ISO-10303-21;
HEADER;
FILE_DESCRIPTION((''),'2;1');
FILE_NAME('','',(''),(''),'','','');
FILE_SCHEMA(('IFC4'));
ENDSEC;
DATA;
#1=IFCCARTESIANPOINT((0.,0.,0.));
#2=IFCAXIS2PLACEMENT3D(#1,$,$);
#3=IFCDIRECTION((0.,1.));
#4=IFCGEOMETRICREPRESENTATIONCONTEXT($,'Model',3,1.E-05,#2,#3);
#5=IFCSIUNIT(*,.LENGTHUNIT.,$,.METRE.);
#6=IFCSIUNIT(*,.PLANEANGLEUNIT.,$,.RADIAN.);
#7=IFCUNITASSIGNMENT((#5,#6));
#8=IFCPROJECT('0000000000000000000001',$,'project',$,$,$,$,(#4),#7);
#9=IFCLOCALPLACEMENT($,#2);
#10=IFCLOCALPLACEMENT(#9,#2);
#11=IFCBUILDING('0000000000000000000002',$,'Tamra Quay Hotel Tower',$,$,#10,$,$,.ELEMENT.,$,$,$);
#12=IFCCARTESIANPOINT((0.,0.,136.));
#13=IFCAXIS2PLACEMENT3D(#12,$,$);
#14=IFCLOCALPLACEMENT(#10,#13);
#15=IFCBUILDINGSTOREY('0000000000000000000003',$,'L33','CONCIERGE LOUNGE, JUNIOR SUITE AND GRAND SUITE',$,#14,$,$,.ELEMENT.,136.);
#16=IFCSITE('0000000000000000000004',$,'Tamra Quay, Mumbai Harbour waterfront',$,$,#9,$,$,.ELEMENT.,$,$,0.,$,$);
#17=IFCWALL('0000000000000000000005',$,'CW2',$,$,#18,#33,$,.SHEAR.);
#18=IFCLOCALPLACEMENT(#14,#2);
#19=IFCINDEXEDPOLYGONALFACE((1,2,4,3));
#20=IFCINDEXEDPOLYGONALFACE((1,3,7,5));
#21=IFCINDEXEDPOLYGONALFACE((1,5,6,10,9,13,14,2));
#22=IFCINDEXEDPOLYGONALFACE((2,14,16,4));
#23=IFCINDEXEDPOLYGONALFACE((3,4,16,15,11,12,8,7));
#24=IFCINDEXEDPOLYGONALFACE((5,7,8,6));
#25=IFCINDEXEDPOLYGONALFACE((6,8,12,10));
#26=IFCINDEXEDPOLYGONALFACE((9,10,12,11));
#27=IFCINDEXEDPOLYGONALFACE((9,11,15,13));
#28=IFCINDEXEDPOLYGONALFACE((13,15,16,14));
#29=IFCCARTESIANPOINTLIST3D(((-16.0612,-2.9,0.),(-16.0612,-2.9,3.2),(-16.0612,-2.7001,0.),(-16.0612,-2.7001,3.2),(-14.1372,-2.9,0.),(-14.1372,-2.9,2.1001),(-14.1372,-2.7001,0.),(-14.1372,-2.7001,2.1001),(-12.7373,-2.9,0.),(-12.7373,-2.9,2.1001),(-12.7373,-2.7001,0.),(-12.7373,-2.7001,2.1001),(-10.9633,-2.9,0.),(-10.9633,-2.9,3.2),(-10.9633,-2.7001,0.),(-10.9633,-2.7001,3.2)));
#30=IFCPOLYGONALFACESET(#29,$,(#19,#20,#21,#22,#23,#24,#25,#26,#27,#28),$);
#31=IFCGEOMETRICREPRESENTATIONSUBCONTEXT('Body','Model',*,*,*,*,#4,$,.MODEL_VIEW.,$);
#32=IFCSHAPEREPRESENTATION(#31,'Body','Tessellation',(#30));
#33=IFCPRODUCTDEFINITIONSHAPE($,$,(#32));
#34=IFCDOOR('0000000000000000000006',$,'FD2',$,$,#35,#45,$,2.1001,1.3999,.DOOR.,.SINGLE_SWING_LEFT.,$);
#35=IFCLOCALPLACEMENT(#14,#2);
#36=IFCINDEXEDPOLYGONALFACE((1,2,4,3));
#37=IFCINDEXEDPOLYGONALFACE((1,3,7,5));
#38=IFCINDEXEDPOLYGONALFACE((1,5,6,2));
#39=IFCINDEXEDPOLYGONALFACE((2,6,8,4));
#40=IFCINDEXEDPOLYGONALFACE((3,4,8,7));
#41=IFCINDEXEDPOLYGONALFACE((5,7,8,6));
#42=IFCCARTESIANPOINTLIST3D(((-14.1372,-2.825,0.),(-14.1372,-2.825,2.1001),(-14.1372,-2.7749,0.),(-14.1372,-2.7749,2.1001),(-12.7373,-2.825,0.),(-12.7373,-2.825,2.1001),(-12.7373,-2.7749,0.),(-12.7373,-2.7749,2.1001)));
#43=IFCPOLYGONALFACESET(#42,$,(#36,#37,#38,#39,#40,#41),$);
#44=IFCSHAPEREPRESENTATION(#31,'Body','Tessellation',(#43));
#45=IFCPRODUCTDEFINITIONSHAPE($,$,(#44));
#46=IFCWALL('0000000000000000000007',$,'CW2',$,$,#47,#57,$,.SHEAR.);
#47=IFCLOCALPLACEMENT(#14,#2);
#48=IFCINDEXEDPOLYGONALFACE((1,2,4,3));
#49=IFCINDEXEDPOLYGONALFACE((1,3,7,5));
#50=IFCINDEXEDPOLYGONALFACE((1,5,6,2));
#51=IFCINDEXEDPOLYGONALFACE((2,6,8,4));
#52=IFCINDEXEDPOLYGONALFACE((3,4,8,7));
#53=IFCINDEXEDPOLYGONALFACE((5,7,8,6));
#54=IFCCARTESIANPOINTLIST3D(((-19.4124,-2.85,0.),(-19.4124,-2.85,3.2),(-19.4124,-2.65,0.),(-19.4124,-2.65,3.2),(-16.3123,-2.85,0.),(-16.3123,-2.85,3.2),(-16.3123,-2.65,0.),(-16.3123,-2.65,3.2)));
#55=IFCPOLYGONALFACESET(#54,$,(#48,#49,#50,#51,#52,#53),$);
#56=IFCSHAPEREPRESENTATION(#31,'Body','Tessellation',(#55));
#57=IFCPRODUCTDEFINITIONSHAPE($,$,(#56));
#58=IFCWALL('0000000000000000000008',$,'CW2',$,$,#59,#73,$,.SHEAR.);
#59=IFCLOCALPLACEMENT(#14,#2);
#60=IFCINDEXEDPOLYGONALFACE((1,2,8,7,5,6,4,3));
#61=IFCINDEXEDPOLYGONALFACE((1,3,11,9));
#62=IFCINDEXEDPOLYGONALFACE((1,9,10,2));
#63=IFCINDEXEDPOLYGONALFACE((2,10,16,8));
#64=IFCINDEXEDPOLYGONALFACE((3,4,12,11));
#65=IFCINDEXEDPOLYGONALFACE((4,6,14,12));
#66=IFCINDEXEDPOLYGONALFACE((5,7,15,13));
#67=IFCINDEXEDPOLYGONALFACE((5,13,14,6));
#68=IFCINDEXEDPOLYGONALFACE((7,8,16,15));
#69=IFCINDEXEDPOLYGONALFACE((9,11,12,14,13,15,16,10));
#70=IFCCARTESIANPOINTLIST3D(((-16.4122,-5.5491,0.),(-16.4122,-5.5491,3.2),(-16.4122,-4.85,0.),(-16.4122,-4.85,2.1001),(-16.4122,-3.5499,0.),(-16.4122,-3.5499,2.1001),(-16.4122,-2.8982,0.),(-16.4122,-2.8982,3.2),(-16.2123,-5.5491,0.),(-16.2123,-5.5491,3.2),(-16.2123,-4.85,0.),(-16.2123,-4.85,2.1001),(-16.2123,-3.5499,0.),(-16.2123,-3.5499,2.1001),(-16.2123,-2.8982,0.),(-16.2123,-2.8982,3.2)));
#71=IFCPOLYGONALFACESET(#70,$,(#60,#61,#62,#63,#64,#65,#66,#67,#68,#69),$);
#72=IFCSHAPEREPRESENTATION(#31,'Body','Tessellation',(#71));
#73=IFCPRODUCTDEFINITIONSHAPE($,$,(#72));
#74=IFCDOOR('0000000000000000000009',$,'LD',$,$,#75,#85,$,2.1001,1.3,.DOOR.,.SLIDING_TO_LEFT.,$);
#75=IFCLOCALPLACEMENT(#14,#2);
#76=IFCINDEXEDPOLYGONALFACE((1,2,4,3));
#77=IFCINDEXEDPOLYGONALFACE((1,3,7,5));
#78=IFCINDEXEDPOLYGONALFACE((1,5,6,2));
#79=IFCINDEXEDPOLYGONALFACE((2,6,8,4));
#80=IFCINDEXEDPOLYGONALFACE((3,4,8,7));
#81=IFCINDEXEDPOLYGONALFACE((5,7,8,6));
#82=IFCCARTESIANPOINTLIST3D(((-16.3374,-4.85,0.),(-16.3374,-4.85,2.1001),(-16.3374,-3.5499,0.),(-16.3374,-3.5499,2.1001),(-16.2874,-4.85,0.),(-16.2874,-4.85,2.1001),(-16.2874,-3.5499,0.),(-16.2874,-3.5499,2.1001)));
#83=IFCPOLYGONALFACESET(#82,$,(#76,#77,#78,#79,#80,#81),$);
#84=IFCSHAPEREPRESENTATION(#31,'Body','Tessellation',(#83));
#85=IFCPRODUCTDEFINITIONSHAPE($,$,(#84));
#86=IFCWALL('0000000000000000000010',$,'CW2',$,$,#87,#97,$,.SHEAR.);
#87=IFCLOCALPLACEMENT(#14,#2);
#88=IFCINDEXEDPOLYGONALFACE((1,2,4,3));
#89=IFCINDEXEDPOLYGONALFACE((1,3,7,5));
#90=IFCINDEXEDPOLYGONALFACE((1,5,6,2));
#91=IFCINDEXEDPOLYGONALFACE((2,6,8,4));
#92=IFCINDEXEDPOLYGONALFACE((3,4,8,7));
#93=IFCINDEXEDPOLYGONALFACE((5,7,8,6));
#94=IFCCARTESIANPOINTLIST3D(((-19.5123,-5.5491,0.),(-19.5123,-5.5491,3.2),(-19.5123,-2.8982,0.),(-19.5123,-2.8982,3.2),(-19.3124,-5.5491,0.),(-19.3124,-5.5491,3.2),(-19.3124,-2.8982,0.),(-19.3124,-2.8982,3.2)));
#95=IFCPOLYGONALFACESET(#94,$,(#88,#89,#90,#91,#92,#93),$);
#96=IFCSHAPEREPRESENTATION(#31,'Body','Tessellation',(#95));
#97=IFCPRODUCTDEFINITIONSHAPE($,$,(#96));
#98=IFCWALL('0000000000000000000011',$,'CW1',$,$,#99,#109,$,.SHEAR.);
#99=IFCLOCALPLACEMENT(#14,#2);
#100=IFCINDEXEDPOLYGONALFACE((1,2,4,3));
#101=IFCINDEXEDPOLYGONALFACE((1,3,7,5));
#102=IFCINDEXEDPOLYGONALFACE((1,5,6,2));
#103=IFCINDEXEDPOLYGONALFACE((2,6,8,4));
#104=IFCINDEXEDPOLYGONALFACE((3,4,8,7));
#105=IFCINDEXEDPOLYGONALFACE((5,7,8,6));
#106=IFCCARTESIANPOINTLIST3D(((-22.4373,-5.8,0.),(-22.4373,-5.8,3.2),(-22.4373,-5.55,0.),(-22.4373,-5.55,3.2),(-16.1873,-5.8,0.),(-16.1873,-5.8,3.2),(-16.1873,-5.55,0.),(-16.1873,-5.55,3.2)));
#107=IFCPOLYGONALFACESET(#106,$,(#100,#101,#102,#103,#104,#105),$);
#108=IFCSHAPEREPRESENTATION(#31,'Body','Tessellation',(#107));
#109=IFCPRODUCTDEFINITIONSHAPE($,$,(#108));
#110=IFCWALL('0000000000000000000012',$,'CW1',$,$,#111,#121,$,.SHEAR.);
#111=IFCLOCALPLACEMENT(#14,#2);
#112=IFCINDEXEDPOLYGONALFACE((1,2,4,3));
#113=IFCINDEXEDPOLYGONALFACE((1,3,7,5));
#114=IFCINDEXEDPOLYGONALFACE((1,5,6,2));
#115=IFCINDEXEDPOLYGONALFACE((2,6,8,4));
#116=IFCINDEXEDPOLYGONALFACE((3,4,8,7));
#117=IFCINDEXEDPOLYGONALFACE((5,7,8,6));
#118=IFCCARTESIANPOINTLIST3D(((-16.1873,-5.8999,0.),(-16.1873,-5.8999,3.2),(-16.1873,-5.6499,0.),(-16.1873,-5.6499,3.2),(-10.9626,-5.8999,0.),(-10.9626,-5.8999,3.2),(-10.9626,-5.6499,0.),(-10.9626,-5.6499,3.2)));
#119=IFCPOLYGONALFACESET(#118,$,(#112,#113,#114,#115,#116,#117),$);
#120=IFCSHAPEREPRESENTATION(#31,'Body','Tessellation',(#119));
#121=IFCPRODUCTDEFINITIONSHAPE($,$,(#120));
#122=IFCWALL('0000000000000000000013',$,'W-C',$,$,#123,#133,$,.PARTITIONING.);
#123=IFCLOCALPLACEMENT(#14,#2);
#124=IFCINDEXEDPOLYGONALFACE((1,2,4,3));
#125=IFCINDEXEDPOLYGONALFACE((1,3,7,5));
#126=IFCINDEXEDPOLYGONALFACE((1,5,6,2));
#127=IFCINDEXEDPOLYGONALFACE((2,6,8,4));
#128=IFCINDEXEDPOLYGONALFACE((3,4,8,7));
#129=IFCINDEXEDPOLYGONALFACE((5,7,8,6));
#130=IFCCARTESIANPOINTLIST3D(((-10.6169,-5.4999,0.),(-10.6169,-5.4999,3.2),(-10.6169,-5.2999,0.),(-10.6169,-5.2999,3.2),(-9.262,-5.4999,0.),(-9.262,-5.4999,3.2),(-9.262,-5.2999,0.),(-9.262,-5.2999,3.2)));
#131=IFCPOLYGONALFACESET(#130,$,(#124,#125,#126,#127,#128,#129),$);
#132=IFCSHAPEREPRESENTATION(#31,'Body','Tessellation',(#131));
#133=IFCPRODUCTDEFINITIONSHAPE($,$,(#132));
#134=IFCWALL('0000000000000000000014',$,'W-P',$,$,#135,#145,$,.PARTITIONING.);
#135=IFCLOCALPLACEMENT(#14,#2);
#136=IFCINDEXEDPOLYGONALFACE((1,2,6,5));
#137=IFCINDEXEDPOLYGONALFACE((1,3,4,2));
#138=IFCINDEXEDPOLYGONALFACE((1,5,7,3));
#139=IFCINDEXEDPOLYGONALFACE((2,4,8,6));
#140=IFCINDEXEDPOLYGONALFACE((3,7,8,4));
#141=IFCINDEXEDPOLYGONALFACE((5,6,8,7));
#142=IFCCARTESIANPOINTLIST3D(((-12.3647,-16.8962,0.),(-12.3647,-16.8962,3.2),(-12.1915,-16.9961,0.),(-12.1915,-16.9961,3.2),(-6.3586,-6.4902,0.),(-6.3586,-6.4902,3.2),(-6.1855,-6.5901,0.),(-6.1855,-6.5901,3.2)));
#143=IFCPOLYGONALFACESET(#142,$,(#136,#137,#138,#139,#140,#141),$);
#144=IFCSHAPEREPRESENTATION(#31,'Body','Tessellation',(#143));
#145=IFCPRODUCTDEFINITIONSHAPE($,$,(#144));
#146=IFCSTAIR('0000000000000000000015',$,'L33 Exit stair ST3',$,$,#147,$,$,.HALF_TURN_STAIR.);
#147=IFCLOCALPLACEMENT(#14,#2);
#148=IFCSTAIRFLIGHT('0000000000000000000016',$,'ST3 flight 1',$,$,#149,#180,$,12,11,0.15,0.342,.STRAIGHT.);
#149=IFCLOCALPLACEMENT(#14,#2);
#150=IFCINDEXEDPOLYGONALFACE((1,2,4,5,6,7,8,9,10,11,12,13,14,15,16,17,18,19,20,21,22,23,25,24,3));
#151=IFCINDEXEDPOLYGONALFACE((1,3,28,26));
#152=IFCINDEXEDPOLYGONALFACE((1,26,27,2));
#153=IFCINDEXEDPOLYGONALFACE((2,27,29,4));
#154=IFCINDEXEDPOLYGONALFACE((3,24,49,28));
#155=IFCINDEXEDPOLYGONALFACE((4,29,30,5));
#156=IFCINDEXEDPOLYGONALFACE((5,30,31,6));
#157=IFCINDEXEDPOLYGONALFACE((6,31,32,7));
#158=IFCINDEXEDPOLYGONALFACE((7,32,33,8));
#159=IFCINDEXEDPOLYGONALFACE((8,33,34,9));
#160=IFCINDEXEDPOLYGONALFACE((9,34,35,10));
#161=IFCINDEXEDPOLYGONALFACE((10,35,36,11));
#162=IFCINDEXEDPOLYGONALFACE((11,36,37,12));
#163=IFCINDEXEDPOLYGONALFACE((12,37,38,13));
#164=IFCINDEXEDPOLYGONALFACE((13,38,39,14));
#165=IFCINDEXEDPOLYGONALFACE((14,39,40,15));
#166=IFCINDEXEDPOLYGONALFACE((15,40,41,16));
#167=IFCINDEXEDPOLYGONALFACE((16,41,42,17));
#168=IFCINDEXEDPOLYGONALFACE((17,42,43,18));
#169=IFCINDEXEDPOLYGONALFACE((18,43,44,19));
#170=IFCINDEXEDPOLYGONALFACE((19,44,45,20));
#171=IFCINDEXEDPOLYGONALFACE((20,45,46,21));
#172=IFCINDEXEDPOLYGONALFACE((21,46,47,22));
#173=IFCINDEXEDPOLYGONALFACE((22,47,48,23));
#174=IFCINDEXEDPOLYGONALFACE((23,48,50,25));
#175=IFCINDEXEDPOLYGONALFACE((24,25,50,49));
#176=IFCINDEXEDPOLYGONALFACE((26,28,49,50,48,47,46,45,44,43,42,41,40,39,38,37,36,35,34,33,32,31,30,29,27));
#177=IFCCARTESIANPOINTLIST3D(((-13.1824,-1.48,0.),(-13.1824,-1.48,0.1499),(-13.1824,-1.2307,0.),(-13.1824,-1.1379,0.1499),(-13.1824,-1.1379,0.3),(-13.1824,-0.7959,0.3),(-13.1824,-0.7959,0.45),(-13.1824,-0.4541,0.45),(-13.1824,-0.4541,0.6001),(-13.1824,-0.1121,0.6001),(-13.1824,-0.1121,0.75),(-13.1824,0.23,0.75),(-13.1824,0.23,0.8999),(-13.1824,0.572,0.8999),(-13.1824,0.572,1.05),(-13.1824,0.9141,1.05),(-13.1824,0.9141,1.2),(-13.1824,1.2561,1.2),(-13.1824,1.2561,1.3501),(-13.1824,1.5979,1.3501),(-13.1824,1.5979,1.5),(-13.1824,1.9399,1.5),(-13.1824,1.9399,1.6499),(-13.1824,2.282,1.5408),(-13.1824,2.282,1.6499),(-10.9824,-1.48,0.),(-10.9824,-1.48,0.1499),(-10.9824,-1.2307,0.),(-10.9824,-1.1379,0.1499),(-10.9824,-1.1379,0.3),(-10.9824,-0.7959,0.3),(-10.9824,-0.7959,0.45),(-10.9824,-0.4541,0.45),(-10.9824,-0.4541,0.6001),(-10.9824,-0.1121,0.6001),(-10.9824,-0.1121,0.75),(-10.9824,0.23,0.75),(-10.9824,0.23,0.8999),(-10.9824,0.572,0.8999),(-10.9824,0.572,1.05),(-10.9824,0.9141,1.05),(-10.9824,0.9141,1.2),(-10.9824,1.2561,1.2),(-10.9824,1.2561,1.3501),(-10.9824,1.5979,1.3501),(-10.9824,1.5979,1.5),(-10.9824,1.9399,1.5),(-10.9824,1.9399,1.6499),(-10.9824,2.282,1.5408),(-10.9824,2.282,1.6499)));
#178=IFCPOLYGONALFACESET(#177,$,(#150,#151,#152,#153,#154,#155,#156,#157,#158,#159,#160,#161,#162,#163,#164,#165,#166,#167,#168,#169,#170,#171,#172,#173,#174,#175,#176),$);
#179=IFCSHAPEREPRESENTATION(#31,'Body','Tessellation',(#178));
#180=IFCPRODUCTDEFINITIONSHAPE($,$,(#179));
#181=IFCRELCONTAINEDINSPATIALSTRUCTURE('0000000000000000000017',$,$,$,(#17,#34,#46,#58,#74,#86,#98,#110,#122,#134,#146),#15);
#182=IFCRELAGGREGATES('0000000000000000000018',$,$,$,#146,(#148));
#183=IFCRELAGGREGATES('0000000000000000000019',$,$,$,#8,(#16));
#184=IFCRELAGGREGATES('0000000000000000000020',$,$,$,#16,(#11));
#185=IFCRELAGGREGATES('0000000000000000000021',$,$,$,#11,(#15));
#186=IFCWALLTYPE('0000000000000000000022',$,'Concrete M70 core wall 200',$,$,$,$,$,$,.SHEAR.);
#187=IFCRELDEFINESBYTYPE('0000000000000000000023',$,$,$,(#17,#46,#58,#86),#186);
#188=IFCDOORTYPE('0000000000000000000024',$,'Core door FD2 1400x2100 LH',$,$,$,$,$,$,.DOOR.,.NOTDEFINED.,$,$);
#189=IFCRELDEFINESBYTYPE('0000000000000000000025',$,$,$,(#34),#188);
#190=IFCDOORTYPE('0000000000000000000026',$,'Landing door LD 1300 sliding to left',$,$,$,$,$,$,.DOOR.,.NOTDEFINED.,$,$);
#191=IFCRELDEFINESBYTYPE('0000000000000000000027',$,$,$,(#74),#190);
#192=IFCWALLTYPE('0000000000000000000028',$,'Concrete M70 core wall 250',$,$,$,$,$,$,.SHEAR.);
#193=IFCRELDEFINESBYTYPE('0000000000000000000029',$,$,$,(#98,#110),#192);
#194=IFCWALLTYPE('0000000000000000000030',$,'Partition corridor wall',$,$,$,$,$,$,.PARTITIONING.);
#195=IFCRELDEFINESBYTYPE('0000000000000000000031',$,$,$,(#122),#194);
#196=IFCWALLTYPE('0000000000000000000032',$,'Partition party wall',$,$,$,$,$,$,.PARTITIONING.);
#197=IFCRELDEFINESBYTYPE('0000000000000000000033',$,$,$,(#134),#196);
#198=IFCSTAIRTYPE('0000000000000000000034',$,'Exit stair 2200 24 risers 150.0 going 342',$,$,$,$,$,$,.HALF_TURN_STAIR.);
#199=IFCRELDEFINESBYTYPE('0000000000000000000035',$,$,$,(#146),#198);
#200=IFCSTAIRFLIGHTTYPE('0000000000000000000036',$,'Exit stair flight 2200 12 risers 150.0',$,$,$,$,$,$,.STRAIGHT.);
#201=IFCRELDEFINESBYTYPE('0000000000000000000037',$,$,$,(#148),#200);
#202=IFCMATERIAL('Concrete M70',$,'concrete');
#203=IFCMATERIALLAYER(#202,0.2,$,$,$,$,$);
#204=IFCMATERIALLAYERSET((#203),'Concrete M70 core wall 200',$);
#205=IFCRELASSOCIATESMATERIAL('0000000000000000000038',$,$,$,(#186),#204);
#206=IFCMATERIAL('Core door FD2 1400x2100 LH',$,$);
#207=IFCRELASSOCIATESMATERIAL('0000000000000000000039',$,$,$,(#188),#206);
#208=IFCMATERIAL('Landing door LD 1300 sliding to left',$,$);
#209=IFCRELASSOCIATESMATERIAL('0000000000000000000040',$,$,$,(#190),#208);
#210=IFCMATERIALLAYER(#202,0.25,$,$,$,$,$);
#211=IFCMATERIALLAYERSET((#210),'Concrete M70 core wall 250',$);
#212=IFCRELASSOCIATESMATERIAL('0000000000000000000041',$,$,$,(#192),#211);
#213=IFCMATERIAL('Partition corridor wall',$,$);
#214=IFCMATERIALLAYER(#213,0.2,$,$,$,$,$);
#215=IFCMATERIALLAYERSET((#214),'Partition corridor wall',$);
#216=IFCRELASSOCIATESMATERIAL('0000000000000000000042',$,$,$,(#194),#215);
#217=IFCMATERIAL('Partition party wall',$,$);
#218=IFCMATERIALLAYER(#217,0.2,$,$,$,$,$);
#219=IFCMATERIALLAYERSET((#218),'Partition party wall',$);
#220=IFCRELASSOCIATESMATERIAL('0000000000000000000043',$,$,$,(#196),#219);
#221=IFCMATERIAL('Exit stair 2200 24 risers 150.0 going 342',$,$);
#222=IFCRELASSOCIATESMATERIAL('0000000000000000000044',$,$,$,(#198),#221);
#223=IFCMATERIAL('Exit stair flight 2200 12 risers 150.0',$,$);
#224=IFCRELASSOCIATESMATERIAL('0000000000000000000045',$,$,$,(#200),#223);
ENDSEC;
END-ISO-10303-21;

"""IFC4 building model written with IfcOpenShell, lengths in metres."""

from ifc_helpers import new_model, si_unit, direction, frame, frame_2d, origin, place, context, subcontext, project, spatial, polyline, rectangle, outline, extrude, material, layer, layer_set, type_object, element, fill, aggregate, save


model = new_model("IFC4")

# Units and contexts
model_context = context("Model", 3, precision=1e-05, world=origin(), true_north=direction((0.0, 1.0)))
body_context = subcontext(model_context, "Body", "Model", "MODEL_VIEW")
ifc_project = project(units=[si_unit("LENGTHUNIT", "METRE"), si_unit("PLANEANGLEUNIT", "RADIAN")], contexts=[model_context])

# Site, building, storey
site_placement = place(None, origin())
site = spatial("IfcSite", under=ifc_project, at=site_placement, Name="Tamra Quay, Mumbai Harbour waterfront", CompositionType="ELEMENT", RefElevation=0.0)
building_placement = place(site_placement, origin())
building = spatial("IfcBuilding", under=site, at=building_placement, Name="Tamra Quay Hotel Tower", CompositionType="ELEMENT")
storey_placement = place(building_placement, frame((0.0, 0.0, 136.0)))
storey = spatial("IfcBuildingStorey", under=building, at=storey_placement, Name="L33", Description="CONCIERGE LOUNGE, JUNIOR SUITE AND GRAND SUITE", CompositionType="ELEMENT", Elevation=136.0)

# Shared definitions
ifc_material_1 = material(Name="Concrete M70", Category="concrete")

# Shared definitions
ifc_layer_1 = layer(ifc_material_1, 0.2)
ifc_layer_set_1 = layer_set([ifc_layer_1], Name="Concrete M70 core wall 200")
wall_type_1 = type_object("IfcWallType", Name="Concrete M70 core wall 200", PredefinedType="SHEAR", material=ifc_layer_set_1)

# Wall, opening, door
wall_1_placement = place(storey_placement, frame((-10.9634, -2.8, 0.0), z_axis=(0.0, 0.0, 1.0), x_axis=(-1.0, 0.0, 0.0)))
wall_1 = element("IfcWall", 1, at=wall_1_placement, inside=storey, type_object=wall_type_1, Name="CW2", PredefinedType="SHEAR", context=body_context, shape_type="SweptSolid", body=[
    extrude(rectangle(XDim=5.0979, YDim=0.2, at=frame_2d((2.5488, 0.0))), origin(), (0.0, 0.0, 1.0), 3.2),
])
opening_1_placement = place(wall_1_placement, frame((1.7739, 0.0, 0.0)))
opening_1 = element("IfcOpeningElement", 2, at=opening_1_placement, cuts=wall_1, PredefinedType="OPENING", context=body_context, shape_type="SweptSolid", body=[
    extrude(rectangle(XDim=1.3999, YDim=2.1001, at=frame_2d((0.7, 1.05))), frame((0.0, 0.1099, 0.0), z_axis=(0.0, -1.0, 0.0), x_axis=(1.0, 0.0, 0.0)), (0.0, 0.0, 1.0), 0.22),
])
ifc_material_2 = material(Name="Core door FD2 1400x2100 LH")
door_type_1 = type_object("IfcDoorType", Name="Core door FD2 1400x2100 LH", OperationType="NOTDEFINED", PredefinedType="DOOR", material=ifc_material_2)
door_1_placement = place(opening_1_placement, origin())
door_1 = element("IfcDoor", 3, at=door_1_placement, inside=storey, type_object=door_type_1, Name="FD2", OperationType="SINGLE_SWING_LEFT", OverallHeight=2.1001, OverallWidth=1.3999, PredefinedType="DOOR", context=body_context, shape_type="SweptSolid", body=[
    extrude(rectangle(XDim=1.3999, YDim=2.1001, at=frame_2d((0.7, 1.05))), frame((0.0, 0.0249, 0.0), z_axis=(0.0, -1.0, 0.0), x_axis=(1.0, 0.0, 0.0)), (0.0, 0.0, 1.0), 0.05),
])
fill(opening_1, door_1)

# Wall
wall_2_placement = place(storey_placement, frame((-19.4124, -2.75, 0.0), z_axis=(0.0, 0.0, 1.0), x_axis=(1.0, 0.0, 0.0)))
element("IfcWall", 4, at=wall_2_placement, inside=storey, type_object=wall_type_1, Name="CW2", PredefinedType="SHEAR", context=body_context, shape_type="SweptSolid", body=[
    extrude(rectangle(XDim=3.1001, YDim=0.2, at=frame_2d((1.55, 0.0))), origin(), (0.0, 0.0, 1.0), 3.2),
])

# Wall, opening, door
wall_3_placement = place(storey_placement, frame((-16.3123, -2.8982, 0.0), z_axis=(0.0, 0.0, 1.0), x_axis=(0.0, -1.0, 0.0)))
wall_3 = element("IfcWall", 5, at=wall_3_placement, inside=storey, type_object=wall_type_1, Name="CW2", PredefinedType="SHEAR", context=body_context, shape_type="SweptSolid", body=[
    extrude(rectangle(XDim=2.6509, YDim=0.2, at=frame_2d((1.3254, 0.0))), origin(), (0.0, 0.0, 1.0), 3.2),
])
opening_2_placement = place(wall_3_placement, frame((0.6519, 0.0, 0.0)))
opening_2 = element("IfcOpeningElement", 6, at=opening_2_placement, cuts=wall_3, PredefinedType="OPENING", context=body_context, shape_type="SweptSolid", body=[
    extrude(rectangle(XDim=1.3, YDim=2.1001, at=frame_2d((0.6499, 1.05))), frame((0.0, 0.1099, 0.0), z_axis=(0.0, -1.0, 0.0), x_axis=(1.0, 0.0, 0.0)), (0.0, 0.0, 1.0), 0.22),
])
ifc_material_3 = material(Name="Landing door LD 1300 sliding to left")
door_type_2 = type_object("IfcDoorType", Name="Landing door LD 1300 sliding to left", OperationType="NOTDEFINED", PredefinedType="DOOR", material=ifc_material_3)
door_2_placement = place(opening_2_placement, origin())
door_2 = element("IfcDoor", 7, at=door_2_placement, inside=storey, type_object=door_type_2, Name="LD", OperationType="SLIDING_TO_LEFT", OverallHeight=2.1001, OverallWidth=1.3, PredefinedType="DOOR", context=body_context, shape_type="SweptSolid", body=[
    extrude(rectangle(XDim=1.3, YDim=2.1001, at=frame_2d((0.6499, 1.05))), frame((0.0, 0.0249, 0.0), z_axis=(0.0, -1.0, 0.0), x_axis=(1.0, 0.0, 0.0)), (0.0, 0.0, 1.0), 0.05),
])
fill(opening_2, door_2)

# Walls
wall_4_placement = place(storey_placement, frame((-19.4124, -5.5491, 0.0), z_axis=(0.0, 0.0, 1.0), x_axis=(0.0, 1.0, 0.0)))
element("IfcWall", 8, at=wall_4_placement, inside=storey, type_object=wall_type_1, Name="CW2", PredefinedType="SHEAR", context=body_context, shape_type="SweptSolid", body=[
    extrude(rectangle(XDim=2.6509, YDim=0.2, at=frame_2d((1.3254, 0.0))), origin(), (0.0, 0.0, 1.0), 3.2),
])
ifc_layer_2 = layer(ifc_material_1, 0.25)
ifc_layer_set_2 = layer_set([ifc_layer_2], Name="Concrete M70 core wall 250")
wall_type_2 = type_object("IfcWallType", Name="Concrete M70 core wall 250", PredefinedType="SHEAR", material=ifc_layer_set_2)
wall_5_placement = place(storey_placement, frame((-16.1873, -5.675, 0.0), z_axis=(0.0, 0.0, 1.0), x_axis=(-1.0, 0.0, 0.0)))
element("IfcWall", 9, at=wall_5_placement, inside=storey, type_object=wall_type_2, Name="CW1", PredefinedType="SHEAR", context=body_context, shape_type="SweptSolid", body=[
    extrude(rectangle(XDim=6.25, YDim=0.25, at=frame_2d((3.125, 0.0))), origin(), (0.0, 0.0, 1.0), 3.2),
])
wall_6_placement = place(storey_placement, frame((-10.9626, -5.7749, 0.0), z_axis=(0.0, 0.0, 1.0), x_axis=(-1.0, 0.0, 0.0)))
element("IfcWall", 10, at=wall_6_placement, inside=storey, type_object=wall_type_2, Name="CW1", PredefinedType="SHEAR", context=body_context, shape_type="SweptSolid", body=[
    extrude(rectangle(XDim=5.2246, YDim=0.25, at=frame_2d((2.6123, 0.0))), origin(), (0.0, 0.0, 1.0), 3.2),
])
ifc_material_4 = material(Name="Partition corridor wall")
ifc_layer_3 = layer(ifc_material_4, 0.2)
ifc_layer_set_3 = layer_set([ifc_layer_3], Name="Partition corridor wall")
wall_type_3 = type_object("IfcWallType", Name="Partition corridor wall", PredefinedType="PARTITIONING", material=ifc_layer_set_3)
wall_7_placement = place(storey_placement, frame((-10.6169, -5.3999, 0.0), z_axis=(0.0, 0.0, 1.0), x_axis=(1.0, 0.0, 0.0)))
element("IfcWall", 11, at=wall_7_placement, inside=storey, type_object=wall_type_3, Name="W-C", PredefinedType="PARTITIONING", context=body_context, shape_type="SweptSolid", body=[
    extrude(rectangle(XDim=1.355, YDim=0.2, at=frame_2d((0.6775, 0.0))), origin(), (0.0, 0.0, 1.0), 3.2),
])
ifc_material_5 = material(Name="Partition party wall")
ifc_layer_4 = layer(ifc_material_5, 0.2)
ifc_layer_set_4 = layer_set([ifc_layer_4], Name="Partition party wall")
wall_type_4 = type_object("IfcWallType", Name="Partition party wall", PredefinedType="PARTITIONING", material=ifc_layer_set_4)
wall_8_placement = place(storey_placement, frame((-12.2781, -16.946, 0.0), z_axis=(0.0, 0.0, 1.0), x_axis=(0.499887, 0.866091, 0.0)))
element("IfcWall", 12, at=wall_8_placement, inside=storey, type_object=wall_type_4, Name="W-P", PredefinedType="PARTITIONING", context=body_context, shape_type="SweptSolid", body=[
    extrude(rectangle(XDim=12.0149, YDim=0.2, at=frame_2d((6.0073, 0.0))), origin(), (0.0, 0.0, 1.0), 3.2),
])

# Stair, stair flight
ifc_material_6 = material(Name="Exit stair 2200 24 risers 150.0 going 342")
stair_type = type_object("IfcStairType", Name="Exit stair 2200 24 risers 150.0 going 342", PredefinedType="HALF_TURN_STAIR", material=ifc_material_6)
stair_placement = place(storey_placement, origin())
stair = element("IfcStair", 13, at=stair_placement, inside=storey, type_object=stair_type, Name="L33 Exit stair ST3", PredefinedType="HALF_TURN_STAIR")
ifc_material_7 = material(Name="Exit stair flight 2200 12 risers 150.0")
stair_flight_type = type_object("IfcStairFlightType", Name="Exit stair flight 2200 12 risers 150.0", PredefinedType="STRAIGHT", material=ifc_material_7)
stair_flight_placement = place(storey_placement, frame((-12.0823, -1.48, 0.0), z_axis=(0.0, 0.0, 1.0), x_axis=(0.0, 1.0, 0.0)))
stair_flight = element("IfcStairFlight", 14, at=stair_flight_placement, type_object=stair_flight_type, Name="ST3 flight 1", NumberOfRisers=12, NumberOfTreads=11, PredefinedType="STRAIGHT", RiserHeight=0.15, TreadLength=0.342, context=body_context, shape_type="SweptSolid", body=[
    extrude(outline(polyline([(0.0, 0.0), (0.0, 0.1499), (0.342, 0.1499), (0.342, 0.3), (0.6841, 0.3), (0.6841, 0.45), (1.0259, 0.45), (1.0259, 0.6001), (1.3679, 0.6001), (1.3679, 0.75), (1.71, 0.75), (1.71, 0.8999), (2.052, 0.8999), (2.052, 1.05), (2.394, 1.05), (2.394, 1.2), (2.7361, 1.2), (2.7361, 1.3501), (3.0779, 1.3501), (3.0779, 1.5), (3.4199, 1.5), (3.4199, 1.6499), (3.762, 1.6499), (3.762, 1.8), (3.762, 1.5408), (0.2493, 0.0), (0.0, 0.0)])), frame((0.0, 1.1001, 0.0), z_axis=(0.0, -1.0, 0.0), x_axis=(1.0, 0.0, 0.0)), (0.0, 0.0, 1.0), 2.2),
])
aggregate(stair, [stair_flight])

save(model, "model.ifc")
